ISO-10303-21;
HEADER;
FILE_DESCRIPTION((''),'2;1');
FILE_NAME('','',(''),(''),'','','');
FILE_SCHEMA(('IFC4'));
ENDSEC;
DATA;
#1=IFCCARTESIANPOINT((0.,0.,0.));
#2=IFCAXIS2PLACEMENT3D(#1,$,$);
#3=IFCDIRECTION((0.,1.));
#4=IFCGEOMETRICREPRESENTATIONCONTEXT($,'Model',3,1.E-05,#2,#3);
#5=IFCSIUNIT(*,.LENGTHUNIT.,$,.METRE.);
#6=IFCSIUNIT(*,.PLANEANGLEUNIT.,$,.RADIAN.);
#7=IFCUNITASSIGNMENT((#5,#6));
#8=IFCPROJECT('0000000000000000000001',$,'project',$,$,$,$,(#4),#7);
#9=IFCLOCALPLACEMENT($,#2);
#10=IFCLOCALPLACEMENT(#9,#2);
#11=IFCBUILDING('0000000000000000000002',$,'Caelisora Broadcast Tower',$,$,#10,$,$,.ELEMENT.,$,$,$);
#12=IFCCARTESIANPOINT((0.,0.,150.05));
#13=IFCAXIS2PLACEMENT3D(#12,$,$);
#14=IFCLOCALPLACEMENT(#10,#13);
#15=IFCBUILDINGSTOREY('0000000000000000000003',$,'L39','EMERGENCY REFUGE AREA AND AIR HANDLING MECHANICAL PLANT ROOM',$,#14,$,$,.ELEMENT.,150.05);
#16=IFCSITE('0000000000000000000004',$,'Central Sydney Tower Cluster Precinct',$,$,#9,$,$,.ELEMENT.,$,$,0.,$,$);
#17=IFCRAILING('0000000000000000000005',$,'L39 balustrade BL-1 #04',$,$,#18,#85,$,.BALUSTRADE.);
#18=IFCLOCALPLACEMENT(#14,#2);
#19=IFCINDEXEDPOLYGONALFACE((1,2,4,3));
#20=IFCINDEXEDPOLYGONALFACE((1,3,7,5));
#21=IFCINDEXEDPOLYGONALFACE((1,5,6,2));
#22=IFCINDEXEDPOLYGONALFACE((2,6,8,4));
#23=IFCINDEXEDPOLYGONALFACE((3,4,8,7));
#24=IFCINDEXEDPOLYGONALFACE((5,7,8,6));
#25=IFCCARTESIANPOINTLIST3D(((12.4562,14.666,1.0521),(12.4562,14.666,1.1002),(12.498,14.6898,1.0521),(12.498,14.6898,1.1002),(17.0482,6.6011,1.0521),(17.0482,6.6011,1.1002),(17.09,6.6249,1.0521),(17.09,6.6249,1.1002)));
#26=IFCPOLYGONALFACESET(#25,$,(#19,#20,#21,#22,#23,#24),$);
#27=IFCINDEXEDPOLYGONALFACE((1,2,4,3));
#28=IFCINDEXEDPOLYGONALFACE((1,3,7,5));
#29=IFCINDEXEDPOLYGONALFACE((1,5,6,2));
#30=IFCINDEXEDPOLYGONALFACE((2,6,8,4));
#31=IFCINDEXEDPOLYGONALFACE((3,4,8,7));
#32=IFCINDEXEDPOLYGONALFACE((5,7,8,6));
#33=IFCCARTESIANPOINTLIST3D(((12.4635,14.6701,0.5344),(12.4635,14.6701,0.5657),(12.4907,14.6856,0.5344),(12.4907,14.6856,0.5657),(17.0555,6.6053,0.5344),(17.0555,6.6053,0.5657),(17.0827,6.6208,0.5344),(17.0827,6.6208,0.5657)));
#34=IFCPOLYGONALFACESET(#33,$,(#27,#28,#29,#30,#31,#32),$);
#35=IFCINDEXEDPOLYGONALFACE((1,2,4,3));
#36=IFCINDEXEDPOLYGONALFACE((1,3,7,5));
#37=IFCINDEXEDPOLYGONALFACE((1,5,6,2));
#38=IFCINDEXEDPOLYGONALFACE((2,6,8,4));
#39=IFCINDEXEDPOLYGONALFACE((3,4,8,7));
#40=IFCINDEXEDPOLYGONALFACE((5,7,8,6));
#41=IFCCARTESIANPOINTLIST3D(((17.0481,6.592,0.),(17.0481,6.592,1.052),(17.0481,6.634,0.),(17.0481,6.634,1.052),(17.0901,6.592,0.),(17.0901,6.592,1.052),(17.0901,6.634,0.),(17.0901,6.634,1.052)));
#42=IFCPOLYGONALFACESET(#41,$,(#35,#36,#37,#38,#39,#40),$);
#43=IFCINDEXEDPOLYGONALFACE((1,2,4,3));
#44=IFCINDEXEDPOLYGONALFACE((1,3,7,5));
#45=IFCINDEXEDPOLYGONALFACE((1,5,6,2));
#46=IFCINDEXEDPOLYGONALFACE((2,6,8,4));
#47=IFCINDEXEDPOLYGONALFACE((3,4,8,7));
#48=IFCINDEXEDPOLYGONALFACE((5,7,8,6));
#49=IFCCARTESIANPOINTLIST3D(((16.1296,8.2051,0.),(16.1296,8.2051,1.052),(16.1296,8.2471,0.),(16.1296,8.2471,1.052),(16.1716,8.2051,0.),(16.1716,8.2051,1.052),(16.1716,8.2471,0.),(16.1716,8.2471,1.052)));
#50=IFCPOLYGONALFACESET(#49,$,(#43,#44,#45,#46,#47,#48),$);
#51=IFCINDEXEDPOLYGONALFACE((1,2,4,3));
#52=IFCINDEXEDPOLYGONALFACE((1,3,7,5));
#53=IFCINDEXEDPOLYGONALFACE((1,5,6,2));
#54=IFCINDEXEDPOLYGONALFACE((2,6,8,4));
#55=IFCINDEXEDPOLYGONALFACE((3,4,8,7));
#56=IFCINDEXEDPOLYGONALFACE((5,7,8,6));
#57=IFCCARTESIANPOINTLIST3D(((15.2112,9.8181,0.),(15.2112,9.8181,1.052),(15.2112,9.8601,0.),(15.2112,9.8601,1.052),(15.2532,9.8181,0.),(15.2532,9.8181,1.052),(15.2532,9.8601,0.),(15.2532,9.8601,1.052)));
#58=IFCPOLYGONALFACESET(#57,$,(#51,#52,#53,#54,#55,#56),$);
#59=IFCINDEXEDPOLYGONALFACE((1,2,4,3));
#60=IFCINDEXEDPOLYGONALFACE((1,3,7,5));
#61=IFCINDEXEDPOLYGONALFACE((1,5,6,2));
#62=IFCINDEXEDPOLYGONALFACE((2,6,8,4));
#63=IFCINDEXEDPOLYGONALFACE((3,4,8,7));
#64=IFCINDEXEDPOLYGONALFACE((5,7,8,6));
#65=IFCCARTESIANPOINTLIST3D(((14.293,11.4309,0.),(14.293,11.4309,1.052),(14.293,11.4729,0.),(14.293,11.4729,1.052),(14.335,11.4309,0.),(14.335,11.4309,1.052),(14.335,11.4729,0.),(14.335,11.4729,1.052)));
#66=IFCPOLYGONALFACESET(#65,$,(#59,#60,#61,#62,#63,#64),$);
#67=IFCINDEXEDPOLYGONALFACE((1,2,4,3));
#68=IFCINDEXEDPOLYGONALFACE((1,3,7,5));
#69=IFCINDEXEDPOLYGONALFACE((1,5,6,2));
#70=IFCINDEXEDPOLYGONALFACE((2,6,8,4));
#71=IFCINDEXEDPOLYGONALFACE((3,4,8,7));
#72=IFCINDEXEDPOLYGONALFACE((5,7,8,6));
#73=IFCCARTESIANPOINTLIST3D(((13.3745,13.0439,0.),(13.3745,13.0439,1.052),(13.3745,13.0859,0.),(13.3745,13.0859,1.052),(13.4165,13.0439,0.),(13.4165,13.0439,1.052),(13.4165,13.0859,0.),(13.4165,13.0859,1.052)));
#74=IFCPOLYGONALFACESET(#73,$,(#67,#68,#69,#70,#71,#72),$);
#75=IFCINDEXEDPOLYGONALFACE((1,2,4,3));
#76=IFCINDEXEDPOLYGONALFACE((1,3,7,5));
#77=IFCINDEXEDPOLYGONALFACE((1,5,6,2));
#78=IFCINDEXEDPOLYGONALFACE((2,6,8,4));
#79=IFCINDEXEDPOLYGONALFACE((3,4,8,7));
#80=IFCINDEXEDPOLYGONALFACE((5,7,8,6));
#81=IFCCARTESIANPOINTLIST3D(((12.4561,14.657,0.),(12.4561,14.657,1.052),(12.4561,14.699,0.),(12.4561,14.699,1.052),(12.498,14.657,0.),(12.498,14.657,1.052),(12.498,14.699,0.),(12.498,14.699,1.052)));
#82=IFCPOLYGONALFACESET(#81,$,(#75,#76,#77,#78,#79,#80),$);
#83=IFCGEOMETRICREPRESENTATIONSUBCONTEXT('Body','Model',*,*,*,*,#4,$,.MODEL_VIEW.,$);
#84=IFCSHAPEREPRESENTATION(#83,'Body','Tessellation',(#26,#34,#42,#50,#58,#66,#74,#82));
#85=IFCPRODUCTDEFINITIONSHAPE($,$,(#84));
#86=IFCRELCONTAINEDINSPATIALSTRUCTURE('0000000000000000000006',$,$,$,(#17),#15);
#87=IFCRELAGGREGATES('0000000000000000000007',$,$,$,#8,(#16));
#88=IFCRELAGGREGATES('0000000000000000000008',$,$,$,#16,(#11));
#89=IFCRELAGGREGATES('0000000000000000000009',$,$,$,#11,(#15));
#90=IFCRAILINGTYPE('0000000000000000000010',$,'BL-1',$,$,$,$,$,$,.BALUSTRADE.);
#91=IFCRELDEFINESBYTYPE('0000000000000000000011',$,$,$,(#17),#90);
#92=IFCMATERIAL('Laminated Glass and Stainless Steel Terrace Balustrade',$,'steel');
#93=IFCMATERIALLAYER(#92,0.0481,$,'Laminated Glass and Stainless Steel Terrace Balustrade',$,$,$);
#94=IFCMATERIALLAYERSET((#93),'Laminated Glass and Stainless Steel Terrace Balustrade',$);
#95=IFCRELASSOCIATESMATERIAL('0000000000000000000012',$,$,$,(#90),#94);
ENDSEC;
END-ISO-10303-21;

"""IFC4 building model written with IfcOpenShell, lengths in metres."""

from ifc_helpers import new_model, si_unit, direction, frame, origin, origin_2d, place, context, subcontext, project, spatial, rectangle, extrude, material, layer, layer_set, type_object, element, save


model = new_model("IFC4")

# Units and contexts
model_context = context("Model", 3, precision=1e-05, world=origin(), true_north=direction((0.0, 1.0)))
body_context = subcontext(model_context, "Body", "Model", "MODEL_VIEW")
ifc_project = project(units=[si_unit("LENGTHUNIT", "METRE"), si_unit("PLANEANGLEUNIT", "RADIAN")], contexts=[model_context])

# Site, building, storey
site_placement = place(None, origin())
site = spatial("IfcSite", under=ifc_project, at=site_placement, Name="Central Sydney Tower Cluster Precinct", CompositionType="ELEMENT", RefElevation=0.0)
building_placement = place(site_placement, origin())
building = spatial("IfcBuilding", under=site, at=building_placement, Name="Caelisora Broadcast Tower", CompositionType="ELEMENT")
storey_placement = place(building_placement, frame((0.0, 0.0, 150.05)))
storey = spatial("IfcBuildingStorey", under=building, at=storey_placement, Name="L39", Description="EMERGENCY REFUGE AREA AND AIR HANDLING MECHANICAL PLANT ROOM", CompositionType="ELEMENT", Elevation=150.05)

# Railing
ifc_material_1 = material(Name="Laminated Glass and Stainless Steel Terrace Balustrade", Category="steel")
ifc_layer_1 = layer(ifc_material_1, 0.0481, Name="Laminated Glass and Stainless Steel Terrace Balustrade")
ifc_layer_set_1 = layer_set([ifc_layer_1], Name="Laminated Glass and Stainless Steel Terrace Balustrade")
railing_type = type_object("IfcRailingType", Name="BL-1", PredefinedType="BALUSTRADE", material=ifc_layer_set_1)
railing_1_placement = place(storey_placement, frame((17.0691, 6.613, 0.0)))
element("IfcRailing", 1, at=railing_1_placement, inside=storey, type_object=railing_type, Name="L39 balustrade BL-1 #04", PredefinedType="BALUSTRADE", context=body_context, shape_type="SweptSolid", body=[
    extrude(rectangle(XDim=0.0481, YDim=0.0481, at=origin_2d()), frame((0.0, 0.0, 1.0762), z_axis=(-0.494798, 0.869008, 0.0), x_axis=(-0.869008, -0.494798, 0.0)), (0.0, 0.0, 1.0), 9.2805),
    extrude(rectangle(XDim=0.0312, YDim=0.0312, at=origin_2d()), frame((0.0, 0.0, 0.55), z_axis=(-0.494798, 0.869008, 0.0), x_axis=(-0.869008, -0.494798, 0.0)), (0.0, 0.0, 1.0), 9.2805),
    extrude(rectangle(XDim=0.042, YDim=0.042, at=origin_2d()), origin(), (0.0, 0.0, 1.0), 1.052),
    extrude(rectangle(XDim=0.042, YDim=0.042, at=origin_2d()), frame((-0.9185, 1.613, 0.0)), (0.0, 0.0, 1.0), 1.052),
    extrude(rectangle(XDim=0.042, YDim=0.042, at=origin_2d()), frame((-1.8369, 3.2261, 0.0)), (0.0, 0.0, 1.0), 1.052),
    extrude(rectangle(XDim=0.042, YDim=0.042, at=origin_2d()), frame((-2.7551, 4.8389, 0.0)), (0.0, 0.0, 1.0), 1.052),
    extrude(rectangle(XDim=0.042, YDim=0.042, at=origin_2d()), frame((-3.6736, 6.4519, 0.0)), (0.0, 0.0, 1.0), 1.052),
    extrude(rectangle(XDim=0.042, YDim=0.042, at=origin_2d()), frame((-4.592, 8.0649, 0.0)), (0.0, 0.0, 1.0), 1.052),
])

save(model, "model.ifc")
